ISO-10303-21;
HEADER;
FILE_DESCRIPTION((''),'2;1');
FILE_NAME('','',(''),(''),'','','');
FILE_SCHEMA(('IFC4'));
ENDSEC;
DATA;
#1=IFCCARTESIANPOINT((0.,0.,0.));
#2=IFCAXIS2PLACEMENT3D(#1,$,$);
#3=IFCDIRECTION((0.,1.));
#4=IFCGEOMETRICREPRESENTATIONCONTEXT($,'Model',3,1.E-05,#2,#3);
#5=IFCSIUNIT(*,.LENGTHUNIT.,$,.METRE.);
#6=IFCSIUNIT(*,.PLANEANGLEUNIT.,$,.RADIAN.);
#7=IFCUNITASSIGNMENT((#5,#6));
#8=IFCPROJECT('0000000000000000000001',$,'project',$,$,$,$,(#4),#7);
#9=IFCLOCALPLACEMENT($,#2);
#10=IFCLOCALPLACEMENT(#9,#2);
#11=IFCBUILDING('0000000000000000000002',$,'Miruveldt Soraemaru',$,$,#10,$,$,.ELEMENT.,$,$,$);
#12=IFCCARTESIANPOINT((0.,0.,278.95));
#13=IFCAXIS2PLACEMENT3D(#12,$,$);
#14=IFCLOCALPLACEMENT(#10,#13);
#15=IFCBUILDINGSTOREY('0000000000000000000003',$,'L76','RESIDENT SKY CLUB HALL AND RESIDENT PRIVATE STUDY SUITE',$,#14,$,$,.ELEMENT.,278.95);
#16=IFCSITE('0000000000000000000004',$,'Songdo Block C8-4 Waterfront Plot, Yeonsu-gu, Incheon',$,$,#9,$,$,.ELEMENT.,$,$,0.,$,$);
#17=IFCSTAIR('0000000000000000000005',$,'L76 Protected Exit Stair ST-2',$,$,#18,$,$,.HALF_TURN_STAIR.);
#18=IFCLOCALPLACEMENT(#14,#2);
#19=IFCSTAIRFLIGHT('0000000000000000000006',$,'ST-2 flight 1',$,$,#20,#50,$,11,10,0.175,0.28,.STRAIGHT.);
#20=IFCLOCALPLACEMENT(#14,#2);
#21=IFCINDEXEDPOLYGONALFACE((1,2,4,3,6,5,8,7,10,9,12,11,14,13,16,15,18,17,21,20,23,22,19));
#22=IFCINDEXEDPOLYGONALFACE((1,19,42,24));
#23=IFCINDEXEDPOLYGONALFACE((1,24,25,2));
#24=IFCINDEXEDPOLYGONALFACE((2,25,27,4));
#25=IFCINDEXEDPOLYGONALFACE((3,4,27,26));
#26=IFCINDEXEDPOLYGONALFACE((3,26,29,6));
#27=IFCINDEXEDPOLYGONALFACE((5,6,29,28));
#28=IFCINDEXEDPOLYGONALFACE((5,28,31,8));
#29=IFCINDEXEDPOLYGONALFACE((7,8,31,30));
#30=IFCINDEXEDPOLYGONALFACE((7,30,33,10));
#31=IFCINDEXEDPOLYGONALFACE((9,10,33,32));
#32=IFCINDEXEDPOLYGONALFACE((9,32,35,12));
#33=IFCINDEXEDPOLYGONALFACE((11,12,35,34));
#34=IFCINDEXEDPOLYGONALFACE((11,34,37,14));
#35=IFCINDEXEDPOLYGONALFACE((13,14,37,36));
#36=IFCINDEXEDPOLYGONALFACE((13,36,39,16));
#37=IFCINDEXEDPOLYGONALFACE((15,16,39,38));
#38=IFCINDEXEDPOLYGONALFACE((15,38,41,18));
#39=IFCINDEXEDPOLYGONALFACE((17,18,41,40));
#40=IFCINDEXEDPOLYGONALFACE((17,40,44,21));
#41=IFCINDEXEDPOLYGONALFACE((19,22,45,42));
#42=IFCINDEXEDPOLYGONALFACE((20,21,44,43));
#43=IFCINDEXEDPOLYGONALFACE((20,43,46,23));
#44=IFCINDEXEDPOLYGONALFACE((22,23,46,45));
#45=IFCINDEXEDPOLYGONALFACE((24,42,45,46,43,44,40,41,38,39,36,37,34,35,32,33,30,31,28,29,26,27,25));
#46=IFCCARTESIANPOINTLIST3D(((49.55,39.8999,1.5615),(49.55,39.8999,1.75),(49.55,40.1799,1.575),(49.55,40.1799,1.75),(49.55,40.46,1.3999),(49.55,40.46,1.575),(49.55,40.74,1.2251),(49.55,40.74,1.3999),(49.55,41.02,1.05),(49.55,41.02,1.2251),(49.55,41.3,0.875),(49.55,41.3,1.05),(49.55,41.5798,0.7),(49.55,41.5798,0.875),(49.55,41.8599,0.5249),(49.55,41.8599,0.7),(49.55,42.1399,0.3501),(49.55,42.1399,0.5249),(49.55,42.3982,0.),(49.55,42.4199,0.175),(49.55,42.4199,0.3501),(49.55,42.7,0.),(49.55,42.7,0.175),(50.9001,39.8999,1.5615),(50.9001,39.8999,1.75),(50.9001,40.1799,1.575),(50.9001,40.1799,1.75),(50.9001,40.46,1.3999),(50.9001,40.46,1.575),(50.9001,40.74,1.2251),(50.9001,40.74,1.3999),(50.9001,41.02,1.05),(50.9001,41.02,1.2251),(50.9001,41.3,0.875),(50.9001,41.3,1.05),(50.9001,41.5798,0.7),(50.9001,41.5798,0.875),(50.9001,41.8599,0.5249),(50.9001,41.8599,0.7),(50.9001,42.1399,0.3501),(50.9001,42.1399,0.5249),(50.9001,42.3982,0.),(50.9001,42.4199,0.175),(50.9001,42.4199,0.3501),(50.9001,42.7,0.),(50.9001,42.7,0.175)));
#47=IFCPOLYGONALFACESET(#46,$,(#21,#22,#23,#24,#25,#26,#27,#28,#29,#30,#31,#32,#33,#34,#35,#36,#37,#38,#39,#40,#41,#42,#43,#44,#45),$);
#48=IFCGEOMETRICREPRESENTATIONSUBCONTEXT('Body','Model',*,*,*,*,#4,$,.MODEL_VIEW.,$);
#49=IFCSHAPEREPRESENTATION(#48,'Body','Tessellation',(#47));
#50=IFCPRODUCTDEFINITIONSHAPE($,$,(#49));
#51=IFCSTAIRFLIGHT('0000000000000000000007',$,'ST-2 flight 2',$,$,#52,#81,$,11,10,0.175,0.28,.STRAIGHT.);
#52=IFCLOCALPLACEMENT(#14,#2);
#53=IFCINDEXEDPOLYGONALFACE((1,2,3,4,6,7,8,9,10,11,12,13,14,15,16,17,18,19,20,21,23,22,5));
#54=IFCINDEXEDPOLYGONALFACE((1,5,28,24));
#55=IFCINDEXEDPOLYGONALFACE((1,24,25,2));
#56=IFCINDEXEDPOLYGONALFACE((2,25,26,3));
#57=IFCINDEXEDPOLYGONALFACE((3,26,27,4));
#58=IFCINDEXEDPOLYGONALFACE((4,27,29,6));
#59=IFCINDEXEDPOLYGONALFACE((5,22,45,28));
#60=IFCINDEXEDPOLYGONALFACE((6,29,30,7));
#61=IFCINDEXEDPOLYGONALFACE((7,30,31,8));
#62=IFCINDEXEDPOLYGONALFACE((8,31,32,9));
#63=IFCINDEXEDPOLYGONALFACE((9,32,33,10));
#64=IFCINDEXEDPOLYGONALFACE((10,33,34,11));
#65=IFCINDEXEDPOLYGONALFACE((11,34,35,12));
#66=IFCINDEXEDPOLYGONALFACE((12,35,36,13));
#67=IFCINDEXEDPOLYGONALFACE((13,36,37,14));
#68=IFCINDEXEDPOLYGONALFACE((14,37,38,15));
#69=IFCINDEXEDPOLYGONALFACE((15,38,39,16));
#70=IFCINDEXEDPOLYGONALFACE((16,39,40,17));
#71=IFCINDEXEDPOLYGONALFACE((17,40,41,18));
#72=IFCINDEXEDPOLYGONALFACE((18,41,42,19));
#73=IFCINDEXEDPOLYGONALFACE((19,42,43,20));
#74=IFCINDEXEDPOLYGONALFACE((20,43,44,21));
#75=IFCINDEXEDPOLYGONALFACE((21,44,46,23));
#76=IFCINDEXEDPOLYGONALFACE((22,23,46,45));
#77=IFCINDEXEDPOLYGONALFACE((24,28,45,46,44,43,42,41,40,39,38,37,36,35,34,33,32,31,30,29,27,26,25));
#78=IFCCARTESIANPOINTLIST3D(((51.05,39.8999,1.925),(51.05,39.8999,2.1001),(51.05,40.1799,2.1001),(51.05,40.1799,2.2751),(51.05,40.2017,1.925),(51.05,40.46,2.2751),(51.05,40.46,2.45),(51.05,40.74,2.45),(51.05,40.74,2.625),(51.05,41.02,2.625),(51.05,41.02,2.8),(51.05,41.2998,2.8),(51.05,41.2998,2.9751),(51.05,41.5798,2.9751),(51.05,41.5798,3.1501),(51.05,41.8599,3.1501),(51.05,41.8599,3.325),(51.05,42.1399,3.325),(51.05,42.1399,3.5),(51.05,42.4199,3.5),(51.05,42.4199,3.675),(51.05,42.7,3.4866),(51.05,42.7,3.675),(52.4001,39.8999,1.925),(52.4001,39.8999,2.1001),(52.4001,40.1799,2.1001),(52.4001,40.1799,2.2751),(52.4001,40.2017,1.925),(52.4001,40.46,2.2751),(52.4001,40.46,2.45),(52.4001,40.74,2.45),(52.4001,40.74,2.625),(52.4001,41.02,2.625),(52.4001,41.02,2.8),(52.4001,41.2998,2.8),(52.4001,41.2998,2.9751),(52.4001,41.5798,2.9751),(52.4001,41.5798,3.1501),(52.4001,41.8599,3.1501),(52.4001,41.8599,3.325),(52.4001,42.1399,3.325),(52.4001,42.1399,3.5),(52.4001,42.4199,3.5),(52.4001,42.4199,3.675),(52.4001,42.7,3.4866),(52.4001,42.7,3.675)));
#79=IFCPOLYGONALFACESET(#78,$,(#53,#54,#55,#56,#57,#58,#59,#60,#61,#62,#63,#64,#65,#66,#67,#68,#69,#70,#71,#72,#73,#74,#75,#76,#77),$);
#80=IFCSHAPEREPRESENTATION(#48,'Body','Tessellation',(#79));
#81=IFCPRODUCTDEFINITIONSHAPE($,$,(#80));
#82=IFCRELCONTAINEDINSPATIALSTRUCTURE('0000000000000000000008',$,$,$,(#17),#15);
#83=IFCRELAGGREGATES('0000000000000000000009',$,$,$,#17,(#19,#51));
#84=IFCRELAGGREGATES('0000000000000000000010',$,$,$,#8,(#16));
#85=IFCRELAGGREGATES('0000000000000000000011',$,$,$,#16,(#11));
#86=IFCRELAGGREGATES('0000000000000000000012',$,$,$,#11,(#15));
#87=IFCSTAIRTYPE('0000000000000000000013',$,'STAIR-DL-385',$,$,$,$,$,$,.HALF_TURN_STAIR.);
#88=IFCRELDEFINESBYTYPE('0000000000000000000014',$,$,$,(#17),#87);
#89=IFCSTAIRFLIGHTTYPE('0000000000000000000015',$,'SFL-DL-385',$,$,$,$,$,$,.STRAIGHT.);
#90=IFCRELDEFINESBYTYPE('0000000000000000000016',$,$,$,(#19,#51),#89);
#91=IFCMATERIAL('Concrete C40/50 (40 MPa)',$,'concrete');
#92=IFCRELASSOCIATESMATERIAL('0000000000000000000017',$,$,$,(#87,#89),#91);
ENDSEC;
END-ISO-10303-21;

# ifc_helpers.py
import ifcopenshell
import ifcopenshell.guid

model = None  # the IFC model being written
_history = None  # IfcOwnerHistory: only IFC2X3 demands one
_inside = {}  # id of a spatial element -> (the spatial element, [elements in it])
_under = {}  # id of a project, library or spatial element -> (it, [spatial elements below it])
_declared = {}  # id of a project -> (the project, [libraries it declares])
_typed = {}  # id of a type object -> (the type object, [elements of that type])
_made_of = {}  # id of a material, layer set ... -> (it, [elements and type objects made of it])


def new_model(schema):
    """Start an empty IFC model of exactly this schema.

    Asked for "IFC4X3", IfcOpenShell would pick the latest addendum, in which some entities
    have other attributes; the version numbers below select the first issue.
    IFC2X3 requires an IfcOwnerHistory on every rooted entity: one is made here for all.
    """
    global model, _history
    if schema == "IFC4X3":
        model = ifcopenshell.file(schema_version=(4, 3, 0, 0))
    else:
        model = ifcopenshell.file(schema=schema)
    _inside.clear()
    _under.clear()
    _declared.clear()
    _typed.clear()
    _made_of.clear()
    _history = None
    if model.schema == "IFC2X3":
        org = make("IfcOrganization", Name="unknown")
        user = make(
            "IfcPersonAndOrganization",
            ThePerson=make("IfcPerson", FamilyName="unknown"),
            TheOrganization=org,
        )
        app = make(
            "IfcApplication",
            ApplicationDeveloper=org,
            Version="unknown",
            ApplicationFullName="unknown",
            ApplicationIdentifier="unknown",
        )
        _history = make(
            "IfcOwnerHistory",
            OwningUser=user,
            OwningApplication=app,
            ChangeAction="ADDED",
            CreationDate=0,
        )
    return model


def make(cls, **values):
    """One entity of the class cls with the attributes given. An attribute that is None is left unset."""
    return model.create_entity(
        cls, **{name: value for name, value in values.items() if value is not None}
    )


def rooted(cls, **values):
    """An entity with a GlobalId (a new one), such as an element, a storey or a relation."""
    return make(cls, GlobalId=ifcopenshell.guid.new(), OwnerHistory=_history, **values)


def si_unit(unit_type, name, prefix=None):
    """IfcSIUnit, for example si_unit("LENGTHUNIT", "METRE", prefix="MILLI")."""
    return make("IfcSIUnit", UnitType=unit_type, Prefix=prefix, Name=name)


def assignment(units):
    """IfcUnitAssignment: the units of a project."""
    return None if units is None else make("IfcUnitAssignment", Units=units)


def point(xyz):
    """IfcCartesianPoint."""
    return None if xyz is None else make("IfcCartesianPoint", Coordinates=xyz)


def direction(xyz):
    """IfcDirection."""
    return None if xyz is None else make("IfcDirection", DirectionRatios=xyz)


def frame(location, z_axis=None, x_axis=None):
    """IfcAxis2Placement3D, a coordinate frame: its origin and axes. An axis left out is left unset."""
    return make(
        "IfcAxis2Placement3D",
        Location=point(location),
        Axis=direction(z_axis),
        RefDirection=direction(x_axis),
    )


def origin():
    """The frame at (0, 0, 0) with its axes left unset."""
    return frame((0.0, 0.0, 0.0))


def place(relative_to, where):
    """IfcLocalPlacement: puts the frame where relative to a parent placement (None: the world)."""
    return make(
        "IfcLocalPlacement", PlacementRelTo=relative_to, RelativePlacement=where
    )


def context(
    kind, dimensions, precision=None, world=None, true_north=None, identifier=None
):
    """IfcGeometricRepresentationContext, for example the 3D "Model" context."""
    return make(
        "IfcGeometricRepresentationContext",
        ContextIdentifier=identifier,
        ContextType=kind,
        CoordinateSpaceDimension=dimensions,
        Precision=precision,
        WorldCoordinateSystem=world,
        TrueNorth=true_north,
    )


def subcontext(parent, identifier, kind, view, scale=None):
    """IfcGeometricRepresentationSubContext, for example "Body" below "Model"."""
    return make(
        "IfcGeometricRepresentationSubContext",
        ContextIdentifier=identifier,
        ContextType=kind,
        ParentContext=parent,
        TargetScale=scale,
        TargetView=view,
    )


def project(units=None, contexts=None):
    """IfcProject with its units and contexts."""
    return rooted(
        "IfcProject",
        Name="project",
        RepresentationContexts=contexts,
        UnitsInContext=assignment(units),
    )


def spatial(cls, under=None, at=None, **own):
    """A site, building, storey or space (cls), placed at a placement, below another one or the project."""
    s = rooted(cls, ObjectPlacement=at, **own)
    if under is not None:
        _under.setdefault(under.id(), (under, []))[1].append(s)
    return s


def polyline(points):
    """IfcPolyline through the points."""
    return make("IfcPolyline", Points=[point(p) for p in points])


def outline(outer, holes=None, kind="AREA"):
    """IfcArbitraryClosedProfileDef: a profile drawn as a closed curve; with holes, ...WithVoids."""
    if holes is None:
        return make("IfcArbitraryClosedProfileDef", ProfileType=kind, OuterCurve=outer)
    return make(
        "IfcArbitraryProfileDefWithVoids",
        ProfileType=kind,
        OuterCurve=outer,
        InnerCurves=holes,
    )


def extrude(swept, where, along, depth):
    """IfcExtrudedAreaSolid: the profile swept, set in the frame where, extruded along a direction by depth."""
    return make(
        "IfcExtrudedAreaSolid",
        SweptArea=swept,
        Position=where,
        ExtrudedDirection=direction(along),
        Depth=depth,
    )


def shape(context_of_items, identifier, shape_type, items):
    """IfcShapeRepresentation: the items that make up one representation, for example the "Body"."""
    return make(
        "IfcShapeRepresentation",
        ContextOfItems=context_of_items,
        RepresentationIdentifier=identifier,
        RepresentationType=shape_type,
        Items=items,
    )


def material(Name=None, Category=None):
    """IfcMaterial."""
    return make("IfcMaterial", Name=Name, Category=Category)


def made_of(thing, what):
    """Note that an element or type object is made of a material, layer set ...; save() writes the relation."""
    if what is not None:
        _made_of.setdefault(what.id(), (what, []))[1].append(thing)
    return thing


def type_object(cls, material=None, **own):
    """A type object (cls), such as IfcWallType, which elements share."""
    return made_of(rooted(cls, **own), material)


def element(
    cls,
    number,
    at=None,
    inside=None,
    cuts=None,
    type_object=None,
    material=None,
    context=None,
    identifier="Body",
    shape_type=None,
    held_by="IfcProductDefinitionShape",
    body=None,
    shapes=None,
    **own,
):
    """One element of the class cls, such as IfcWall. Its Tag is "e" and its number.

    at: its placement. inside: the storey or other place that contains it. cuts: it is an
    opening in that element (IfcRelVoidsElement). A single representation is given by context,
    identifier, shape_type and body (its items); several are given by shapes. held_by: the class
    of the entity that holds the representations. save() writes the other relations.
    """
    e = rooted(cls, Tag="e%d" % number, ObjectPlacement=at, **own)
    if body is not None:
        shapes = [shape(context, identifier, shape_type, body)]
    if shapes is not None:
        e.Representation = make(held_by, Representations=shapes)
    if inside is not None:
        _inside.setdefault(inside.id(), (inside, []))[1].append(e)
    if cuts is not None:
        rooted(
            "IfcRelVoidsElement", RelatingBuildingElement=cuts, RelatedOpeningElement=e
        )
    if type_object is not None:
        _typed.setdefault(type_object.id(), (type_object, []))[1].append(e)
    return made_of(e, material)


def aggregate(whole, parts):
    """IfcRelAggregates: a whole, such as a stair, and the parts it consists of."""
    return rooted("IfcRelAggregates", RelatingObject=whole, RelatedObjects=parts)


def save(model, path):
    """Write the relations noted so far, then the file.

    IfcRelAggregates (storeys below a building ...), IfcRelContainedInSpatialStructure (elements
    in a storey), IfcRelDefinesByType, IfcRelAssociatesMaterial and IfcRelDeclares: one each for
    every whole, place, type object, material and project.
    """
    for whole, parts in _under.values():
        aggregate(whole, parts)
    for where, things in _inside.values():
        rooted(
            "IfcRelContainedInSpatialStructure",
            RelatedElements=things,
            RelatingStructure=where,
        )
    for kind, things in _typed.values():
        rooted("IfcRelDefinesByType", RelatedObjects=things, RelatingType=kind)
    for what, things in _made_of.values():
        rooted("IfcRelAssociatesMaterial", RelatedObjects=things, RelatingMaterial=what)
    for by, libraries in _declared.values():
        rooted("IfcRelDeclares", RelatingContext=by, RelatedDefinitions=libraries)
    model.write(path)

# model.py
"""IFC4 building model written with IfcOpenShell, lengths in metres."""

from ifc_helpers import new_model, si_unit, direction, frame, origin, place, context, subcontext, project, spatial, polyline, outline, extrude, material, type_object, element, aggregate, save


model = new_model("IFC4")

# Units and contexts
model_context = context("Model", 3, precision=1e-05, world=origin(), true_north=direction((0.0, 1.0)))
body_context = subcontext(model_context, "Body", "Model", "MODEL_VIEW")
ifc_project = project(units=[si_unit("LENGTHUNIT", "METRE"), si_unit("PLANEANGLEUNIT", "RADIAN")], contexts=[model_context])

# Site, building, storey
site_placement = place(None, origin())
site = spatial("IfcSite", under=ifc_project, at=site_placement, Name="Songdo Block C8-4 Waterfront Plot, Yeonsu-gu, Incheon", CompositionType="ELEMENT", RefElevation=0.0)
building_placement = place(site_placement, origin())
building = spatial("IfcBuilding", under=site, at=building_placement, Name="Miruveldt Soraemaru", CompositionType="ELEMENT")
storey_placement = place(building_placement, frame((0.0, 0.0, 278.95)))
storey = spatial("IfcBuildingStorey", under=building, at=storey_placement, Name="L76", Description="RESIDENT SKY CLUB HALL AND RESIDENT PRIVATE STUDY SUITE", CompositionType="ELEMENT", Elevation=278.95)

# Shared definitions
ifc_material_1 = material(Name="Concrete C40/50 (40 MPa)", Category="concrete")

# Stair, stair flights
stair_type = type_object("IfcStairType", Name="STAIR-DL-385", PredefinedType="HALF_TURN_STAIR", material=ifc_material_1)
stair_placement = place(storey_placement, origin())
stair = element("IfcStair", 1, at=stair_placement, inside=storey, type_object=stair_type, Name="L76 Protected Exit Stair ST-2", PredefinedType="HALF_TURN_STAIR")
stair_flight_type = type_object("IfcStairFlightType", Name="SFL-DL-385", PredefinedType="STRAIGHT", material=ifc_material_1)
stair_flight_1_placement = place(storey_placement, frame((50.2251, 42.7, 0.0), z_axis=(0.0, 0.0, 1.0), x_axis=(0.0, -1.0, 0.0)))
stair_flight_1 = element("IfcStairFlight", 2, at=stair_flight_1_placement, type_object=stair_flight_type, Name="ST-2 flight 1", NumberOfRisers=11, NumberOfTreads=10, PredefinedType="STRAIGHT", RiserHeight=0.175, TreadLength=0.28, context=body_context, shape_type="SweptSolid", body=[
    extrude(outline(polyline([(0.0, 0.0), (0.0, 0.175), (0.28, 0.175), (0.28, 0.3501), (0.5601, 0.3501), (0.5601, 0.5249), (0.8401, 0.5249), (0.8401, 0.7), (1.1201, 0.7), (1.1201, 0.875), (1.3999, 0.875), (1.3999, 1.05), (1.6799, 1.05), (1.6799, 1.2251), (1.96, 1.2251), (1.96, 1.3999), (2.24, 1.3999), (2.24, 1.575), (2.52, 1.575), (2.52, 1.75), (2.8, 1.75), (2.8, 1.925), (2.8, 1.5615), (0.3018, 0.0), (0.0, 0.0)])), frame((0.0, 0.675, 0.0), z_axis=(0.0, -1.0, 0.0), x_axis=(1.0, 0.0, 0.0)), (0.0, 0.0, 1.0), 1.3501),
])
stair_flight_2_placement = place(storey_placement, frame((51.7251, 39.8999, 1.925), z_axis=(0.0, 0.0, 1.0), x_axis=(0.0, 1.0, 0.0)))
stair_flight_2 = element("IfcStairFlight", 3, at=stair_flight_2_placement, type_object=stair_flight_type, Name="ST-2 flight 2", NumberOfRisers=11, NumberOfTreads=10, PredefinedType="STRAIGHT", RiserHeight=0.175, TreadLength=0.28, context=body_context, shape_type="SweptSolid", body=[
    extrude(outline(polyline([(0.0, 0.0), (0.0, 0.175), (0.28, 0.175), (0.28, 0.3501), (0.5601, 0.3501), (0.5601, 0.5249), (0.8401, 0.5249), (0.8401, 0.7), (1.1201, 0.7), (1.1201, 0.875), (1.3999, 0.875), (1.3999, 1.05), (1.6799, 1.05), (1.6799, 1.2251), (1.96, 1.2251), (1.96, 1.3999), (2.24, 1.3999), (2.24, 1.575), (2.52, 1.575), (2.52, 1.75), (2.8, 1.75), (2.8, 1.925), (2.8, 1.5615), (0.3018, 0.0), (0.0, 0.0)])), frame((0.0, 0.675, 0.0), z_axis=(0.0, -1.0, 0.0), x_axis=(1.0, 0.0, 0.0)), (0.0, 0.0, 1.0), 1.3501),
])
aggregate(stair, [stair_flight_1, stair_flight_2])

save(model, "model.ifc")
